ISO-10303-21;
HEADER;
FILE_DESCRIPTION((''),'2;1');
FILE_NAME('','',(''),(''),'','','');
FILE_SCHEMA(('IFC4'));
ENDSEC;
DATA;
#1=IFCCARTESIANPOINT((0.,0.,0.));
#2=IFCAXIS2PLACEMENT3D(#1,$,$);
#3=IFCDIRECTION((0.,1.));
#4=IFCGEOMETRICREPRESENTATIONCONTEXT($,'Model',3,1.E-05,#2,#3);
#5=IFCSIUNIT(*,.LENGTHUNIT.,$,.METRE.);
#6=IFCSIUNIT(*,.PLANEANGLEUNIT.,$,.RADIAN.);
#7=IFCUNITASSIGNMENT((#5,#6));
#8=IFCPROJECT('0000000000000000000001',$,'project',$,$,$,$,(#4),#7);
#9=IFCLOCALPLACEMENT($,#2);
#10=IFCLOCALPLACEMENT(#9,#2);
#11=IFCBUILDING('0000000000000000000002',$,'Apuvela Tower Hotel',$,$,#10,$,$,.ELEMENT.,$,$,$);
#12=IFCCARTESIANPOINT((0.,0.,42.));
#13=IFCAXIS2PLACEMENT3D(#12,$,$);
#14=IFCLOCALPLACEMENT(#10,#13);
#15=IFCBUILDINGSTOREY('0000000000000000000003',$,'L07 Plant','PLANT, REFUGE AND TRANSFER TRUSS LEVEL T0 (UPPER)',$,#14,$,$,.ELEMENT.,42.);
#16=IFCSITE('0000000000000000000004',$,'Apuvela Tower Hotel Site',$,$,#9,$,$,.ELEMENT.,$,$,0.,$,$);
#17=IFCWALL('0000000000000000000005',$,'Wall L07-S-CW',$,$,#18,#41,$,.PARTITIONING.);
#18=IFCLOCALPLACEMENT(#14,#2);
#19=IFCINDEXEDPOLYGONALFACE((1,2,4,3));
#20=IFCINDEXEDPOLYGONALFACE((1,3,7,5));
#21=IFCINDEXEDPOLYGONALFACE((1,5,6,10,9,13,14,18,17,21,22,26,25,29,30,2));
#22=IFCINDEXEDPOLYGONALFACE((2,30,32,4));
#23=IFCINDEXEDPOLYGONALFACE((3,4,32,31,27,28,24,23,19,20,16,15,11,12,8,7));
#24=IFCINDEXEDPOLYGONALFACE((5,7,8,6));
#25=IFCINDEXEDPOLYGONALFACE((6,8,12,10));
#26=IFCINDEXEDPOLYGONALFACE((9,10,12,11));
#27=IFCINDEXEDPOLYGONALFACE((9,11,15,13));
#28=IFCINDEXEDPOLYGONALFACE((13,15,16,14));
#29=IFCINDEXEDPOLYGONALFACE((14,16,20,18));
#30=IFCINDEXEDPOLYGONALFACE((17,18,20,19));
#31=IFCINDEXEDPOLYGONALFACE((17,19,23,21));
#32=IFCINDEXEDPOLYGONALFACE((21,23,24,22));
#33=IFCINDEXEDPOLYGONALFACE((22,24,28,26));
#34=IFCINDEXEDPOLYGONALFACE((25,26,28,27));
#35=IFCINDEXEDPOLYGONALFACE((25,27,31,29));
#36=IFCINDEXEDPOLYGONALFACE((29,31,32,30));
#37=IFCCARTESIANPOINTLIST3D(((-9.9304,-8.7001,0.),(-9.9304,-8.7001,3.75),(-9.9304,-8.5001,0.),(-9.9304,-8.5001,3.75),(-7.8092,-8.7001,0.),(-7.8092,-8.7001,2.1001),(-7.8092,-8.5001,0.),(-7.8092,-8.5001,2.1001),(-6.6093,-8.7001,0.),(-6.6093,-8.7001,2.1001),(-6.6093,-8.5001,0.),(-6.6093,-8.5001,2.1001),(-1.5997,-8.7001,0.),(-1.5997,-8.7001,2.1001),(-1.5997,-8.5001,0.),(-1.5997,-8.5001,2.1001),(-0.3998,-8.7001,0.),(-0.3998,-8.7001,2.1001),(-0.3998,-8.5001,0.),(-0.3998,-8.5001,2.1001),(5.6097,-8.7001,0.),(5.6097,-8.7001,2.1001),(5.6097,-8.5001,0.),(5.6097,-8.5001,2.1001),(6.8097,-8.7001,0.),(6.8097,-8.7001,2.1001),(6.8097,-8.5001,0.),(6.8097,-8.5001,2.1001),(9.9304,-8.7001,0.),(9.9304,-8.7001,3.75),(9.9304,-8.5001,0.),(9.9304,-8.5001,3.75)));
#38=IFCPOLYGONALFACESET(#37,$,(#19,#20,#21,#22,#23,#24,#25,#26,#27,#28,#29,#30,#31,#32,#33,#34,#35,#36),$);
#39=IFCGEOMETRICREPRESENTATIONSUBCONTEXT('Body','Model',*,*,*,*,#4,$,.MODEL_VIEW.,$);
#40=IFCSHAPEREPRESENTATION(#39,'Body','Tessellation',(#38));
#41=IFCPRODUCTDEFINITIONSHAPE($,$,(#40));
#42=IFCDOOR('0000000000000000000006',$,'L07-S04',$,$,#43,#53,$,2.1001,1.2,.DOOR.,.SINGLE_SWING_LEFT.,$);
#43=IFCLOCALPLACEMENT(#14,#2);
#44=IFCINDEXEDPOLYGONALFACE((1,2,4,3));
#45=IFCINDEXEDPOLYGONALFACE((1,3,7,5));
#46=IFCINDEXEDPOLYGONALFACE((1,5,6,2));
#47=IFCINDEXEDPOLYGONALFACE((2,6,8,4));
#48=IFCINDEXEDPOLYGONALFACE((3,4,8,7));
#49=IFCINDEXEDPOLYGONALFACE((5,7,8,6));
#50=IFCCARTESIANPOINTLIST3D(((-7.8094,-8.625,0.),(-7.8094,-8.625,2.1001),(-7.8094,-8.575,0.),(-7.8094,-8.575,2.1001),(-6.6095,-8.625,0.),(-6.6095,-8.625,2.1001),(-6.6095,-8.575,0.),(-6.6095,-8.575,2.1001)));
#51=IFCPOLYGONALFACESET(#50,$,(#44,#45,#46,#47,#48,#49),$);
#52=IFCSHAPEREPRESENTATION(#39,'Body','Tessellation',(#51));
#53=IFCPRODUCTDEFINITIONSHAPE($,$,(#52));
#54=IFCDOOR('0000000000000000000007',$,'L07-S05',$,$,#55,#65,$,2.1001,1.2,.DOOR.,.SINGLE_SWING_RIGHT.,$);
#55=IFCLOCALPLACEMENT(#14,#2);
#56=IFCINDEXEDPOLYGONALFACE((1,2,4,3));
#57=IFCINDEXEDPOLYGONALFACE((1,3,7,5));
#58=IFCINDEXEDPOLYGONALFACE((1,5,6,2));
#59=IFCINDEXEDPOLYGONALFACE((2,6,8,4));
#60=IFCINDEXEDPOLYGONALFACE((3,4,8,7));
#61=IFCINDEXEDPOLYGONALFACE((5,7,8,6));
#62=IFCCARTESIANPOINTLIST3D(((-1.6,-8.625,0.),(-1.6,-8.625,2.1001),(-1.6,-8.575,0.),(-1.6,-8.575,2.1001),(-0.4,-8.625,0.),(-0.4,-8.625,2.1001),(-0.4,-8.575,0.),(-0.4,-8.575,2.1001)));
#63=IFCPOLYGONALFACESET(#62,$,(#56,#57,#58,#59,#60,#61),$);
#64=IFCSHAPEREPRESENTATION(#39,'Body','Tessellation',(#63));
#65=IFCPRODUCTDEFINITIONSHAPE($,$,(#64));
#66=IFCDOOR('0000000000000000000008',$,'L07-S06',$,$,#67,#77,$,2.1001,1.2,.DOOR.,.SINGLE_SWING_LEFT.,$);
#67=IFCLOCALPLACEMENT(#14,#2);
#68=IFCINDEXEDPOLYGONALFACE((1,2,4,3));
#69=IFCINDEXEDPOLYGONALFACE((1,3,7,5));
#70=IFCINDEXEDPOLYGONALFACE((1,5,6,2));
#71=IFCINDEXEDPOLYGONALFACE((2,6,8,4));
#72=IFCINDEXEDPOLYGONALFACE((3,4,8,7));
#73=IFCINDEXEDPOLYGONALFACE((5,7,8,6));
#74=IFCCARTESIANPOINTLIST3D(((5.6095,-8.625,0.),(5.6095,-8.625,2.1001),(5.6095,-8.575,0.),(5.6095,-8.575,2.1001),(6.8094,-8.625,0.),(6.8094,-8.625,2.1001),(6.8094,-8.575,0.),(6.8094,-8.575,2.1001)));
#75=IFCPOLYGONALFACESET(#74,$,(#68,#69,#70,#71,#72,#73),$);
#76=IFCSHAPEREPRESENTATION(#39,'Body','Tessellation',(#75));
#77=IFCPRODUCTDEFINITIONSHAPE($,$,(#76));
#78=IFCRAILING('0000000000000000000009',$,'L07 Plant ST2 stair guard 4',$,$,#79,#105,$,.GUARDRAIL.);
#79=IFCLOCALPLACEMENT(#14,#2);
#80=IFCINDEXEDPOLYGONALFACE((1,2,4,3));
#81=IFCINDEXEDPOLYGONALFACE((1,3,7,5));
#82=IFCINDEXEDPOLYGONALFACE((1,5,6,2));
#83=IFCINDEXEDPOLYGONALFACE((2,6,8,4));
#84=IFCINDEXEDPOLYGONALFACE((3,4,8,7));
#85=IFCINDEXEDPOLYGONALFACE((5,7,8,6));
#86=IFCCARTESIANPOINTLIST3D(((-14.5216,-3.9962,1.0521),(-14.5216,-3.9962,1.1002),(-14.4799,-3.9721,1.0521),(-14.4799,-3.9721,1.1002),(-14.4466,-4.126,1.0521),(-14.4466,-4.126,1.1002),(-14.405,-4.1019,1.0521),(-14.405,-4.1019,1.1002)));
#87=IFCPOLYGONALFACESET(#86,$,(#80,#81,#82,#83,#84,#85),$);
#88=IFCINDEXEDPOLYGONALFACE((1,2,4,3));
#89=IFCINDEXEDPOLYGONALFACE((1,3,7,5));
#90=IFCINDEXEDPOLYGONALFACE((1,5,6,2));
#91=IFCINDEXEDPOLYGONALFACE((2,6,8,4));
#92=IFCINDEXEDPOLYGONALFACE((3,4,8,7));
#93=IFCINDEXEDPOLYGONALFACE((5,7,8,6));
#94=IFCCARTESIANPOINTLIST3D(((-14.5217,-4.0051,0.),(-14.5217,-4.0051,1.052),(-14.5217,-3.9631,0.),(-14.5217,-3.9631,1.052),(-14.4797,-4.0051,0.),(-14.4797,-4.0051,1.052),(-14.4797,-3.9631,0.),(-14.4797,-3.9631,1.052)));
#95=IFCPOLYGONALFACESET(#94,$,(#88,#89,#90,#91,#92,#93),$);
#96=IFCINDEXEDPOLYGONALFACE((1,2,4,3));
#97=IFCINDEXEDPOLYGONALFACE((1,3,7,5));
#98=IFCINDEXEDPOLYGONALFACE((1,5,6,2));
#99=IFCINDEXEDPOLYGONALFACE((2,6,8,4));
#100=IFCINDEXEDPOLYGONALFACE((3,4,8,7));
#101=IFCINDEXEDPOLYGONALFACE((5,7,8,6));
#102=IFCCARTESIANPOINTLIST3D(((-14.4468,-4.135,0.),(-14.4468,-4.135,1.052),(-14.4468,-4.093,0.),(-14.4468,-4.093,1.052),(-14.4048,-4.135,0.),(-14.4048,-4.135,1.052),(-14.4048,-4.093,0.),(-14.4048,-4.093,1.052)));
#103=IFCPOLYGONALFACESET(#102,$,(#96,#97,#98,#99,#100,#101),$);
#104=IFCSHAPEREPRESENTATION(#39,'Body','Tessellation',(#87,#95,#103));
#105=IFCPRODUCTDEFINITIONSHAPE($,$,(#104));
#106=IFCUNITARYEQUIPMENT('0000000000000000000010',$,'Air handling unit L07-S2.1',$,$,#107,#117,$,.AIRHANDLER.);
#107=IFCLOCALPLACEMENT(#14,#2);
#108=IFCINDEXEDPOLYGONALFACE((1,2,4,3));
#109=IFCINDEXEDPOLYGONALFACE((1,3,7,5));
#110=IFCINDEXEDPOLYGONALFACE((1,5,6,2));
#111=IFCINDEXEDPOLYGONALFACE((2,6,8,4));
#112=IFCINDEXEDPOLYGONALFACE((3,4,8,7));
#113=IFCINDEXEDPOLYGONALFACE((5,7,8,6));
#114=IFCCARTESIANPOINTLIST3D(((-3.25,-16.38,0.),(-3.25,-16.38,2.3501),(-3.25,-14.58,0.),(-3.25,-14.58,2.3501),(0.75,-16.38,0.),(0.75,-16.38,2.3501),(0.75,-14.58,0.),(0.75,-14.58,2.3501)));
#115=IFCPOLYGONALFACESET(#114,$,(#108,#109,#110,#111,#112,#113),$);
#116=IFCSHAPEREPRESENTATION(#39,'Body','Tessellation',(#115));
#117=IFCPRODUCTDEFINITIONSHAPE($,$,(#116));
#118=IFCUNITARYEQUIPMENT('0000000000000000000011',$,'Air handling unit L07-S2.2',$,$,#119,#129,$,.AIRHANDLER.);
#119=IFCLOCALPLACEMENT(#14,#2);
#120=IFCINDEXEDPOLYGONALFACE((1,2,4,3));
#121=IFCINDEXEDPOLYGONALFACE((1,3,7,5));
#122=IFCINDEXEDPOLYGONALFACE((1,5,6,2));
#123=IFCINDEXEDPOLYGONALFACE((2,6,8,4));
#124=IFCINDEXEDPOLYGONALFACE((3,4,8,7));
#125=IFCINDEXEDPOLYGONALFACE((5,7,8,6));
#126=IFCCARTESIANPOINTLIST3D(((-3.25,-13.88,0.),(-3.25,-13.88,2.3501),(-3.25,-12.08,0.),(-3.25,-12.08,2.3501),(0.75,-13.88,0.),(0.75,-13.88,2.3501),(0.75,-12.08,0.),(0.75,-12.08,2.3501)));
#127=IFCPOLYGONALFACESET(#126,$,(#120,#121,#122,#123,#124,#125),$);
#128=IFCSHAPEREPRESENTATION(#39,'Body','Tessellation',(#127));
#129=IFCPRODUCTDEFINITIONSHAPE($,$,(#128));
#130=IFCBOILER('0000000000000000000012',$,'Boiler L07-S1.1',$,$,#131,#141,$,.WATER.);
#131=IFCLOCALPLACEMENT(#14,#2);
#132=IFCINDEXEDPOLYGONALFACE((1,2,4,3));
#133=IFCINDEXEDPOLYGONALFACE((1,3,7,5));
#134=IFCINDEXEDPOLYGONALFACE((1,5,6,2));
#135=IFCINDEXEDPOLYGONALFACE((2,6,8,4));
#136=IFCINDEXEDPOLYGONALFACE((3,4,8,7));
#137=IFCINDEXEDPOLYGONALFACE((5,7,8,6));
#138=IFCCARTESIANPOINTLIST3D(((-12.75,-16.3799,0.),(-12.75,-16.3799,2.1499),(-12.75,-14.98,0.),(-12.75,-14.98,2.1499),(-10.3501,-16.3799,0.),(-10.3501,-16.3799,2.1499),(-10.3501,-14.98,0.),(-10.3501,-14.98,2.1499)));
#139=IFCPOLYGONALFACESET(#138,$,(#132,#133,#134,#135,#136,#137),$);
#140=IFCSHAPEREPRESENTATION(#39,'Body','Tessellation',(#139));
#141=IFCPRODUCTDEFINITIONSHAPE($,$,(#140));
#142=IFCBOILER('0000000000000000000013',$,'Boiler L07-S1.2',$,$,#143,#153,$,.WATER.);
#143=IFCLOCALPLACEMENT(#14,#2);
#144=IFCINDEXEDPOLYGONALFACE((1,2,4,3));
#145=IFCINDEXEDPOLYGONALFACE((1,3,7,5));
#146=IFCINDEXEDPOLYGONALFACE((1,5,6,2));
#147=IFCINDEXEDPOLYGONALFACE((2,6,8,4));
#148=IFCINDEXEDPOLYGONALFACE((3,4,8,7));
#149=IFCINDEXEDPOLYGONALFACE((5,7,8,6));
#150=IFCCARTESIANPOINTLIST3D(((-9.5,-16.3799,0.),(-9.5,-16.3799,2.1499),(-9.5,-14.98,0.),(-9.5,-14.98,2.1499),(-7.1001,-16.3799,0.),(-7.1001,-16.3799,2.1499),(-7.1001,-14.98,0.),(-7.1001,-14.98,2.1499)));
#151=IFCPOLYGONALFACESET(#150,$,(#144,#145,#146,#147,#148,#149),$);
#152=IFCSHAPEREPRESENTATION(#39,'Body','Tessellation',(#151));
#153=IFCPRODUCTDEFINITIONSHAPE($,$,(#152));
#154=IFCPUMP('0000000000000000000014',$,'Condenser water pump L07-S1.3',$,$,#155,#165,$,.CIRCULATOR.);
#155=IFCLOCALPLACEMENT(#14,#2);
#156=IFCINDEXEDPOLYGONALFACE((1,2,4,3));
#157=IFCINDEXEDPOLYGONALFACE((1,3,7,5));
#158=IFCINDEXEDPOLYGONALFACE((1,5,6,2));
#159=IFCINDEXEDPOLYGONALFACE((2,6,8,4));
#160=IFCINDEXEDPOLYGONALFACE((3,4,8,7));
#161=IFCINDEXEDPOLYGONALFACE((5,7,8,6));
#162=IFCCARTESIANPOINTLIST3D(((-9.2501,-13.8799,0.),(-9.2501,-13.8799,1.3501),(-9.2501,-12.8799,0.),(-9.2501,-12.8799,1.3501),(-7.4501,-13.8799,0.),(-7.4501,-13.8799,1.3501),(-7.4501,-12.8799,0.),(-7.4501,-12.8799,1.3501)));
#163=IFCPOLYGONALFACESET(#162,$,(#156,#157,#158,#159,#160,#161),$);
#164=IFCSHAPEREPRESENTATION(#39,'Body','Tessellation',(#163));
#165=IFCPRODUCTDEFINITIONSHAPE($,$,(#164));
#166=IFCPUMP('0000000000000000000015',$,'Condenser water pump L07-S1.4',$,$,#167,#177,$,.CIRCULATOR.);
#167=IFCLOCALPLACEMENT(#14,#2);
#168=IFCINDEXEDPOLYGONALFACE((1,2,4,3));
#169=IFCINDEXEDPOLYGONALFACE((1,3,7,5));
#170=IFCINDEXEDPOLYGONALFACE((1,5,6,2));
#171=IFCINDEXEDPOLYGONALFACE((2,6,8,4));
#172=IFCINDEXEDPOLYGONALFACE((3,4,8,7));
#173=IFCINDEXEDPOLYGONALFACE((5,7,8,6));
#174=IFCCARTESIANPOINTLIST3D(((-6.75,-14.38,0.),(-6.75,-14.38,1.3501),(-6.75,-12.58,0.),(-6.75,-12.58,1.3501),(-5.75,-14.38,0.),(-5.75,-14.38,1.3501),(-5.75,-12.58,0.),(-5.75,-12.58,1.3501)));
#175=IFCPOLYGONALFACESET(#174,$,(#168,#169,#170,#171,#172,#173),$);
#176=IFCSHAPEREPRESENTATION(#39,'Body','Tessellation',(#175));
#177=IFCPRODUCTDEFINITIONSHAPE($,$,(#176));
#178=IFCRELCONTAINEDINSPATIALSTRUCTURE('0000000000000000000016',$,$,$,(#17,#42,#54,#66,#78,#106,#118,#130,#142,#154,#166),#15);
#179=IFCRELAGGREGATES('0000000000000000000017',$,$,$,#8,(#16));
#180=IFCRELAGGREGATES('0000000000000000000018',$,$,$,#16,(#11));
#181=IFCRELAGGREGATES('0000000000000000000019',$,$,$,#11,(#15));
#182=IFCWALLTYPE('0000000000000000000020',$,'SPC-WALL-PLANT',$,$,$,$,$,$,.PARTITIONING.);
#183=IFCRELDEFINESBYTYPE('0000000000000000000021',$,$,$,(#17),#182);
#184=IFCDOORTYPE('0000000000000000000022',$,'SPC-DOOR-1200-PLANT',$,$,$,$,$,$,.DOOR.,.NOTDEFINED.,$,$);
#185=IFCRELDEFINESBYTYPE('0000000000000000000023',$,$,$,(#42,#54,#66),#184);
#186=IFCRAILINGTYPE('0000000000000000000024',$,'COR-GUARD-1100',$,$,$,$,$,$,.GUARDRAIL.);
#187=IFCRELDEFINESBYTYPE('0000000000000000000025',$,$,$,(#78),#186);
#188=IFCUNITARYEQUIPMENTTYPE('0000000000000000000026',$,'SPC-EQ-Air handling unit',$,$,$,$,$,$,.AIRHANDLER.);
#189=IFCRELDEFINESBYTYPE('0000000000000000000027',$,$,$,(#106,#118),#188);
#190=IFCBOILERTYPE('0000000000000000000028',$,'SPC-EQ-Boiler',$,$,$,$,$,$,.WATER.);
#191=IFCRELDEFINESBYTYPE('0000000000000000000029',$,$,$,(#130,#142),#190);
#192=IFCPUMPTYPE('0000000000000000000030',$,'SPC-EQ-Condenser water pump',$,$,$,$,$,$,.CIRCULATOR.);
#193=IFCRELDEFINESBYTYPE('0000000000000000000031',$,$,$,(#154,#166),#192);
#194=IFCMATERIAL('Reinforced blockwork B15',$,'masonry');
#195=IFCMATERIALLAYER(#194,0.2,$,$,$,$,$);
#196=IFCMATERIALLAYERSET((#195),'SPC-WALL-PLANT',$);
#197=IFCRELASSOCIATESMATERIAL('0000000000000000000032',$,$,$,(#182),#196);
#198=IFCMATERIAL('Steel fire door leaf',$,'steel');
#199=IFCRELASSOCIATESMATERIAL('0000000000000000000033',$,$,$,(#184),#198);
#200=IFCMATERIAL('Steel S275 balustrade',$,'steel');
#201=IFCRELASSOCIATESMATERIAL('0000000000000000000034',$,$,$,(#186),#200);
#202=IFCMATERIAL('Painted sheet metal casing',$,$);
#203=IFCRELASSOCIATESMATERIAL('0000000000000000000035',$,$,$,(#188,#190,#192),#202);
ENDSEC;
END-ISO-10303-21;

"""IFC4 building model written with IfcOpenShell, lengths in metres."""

from ifc_helpers import new_model, si_unit, direction, frame, frame_2d, origin, origin_2d, place, context, subcontext, project, spatial, rectangle, extrude, material, layer, layer_set, type_object, element, fill, save


model = new_model("IFC4")

# Units and contexts
model_context = context("Model", 3, precision=1e-05, world=origin(), true_north=direction((0.0, 1.0)))
body_context = subcontext(model_context, "Body", "Model", "MODEL_VIEW")
ifc_project = project(units=[si_unit("LENGTHUNIT", "METRE"), si_unit("PLANEANGLEUNIT", "RADIAN")], contexts=[model_context])

# Site, building, storey
site_placement = place(None, origin())
site = spatial("IfcSite", under=ifc_project, at=site_placement, Name="Apuvela Tower Hotel Site", CompositionType="ELEMENT", RefElevation=0.0)
building_placement = place(site_placement, origin())
building = spatial("IfcBuilding", under=site, at=building_placement, Name="Apuvela Tower Hotel", CompositionType="ELEMENT")
storey_placement = place(building_placement, frame((0.0, 0.0, 42.0)))
storey = spatial("IfcBuildingStorey", under=building, at=storey_placement, Name="L07 Plant", Description="PLANT, REFUGE AND TRANSFER TRUSS LEVEL T0 (UPPER)", CompositionType="ELEMENT", Elevation=42.0)

# Shared definitions
ifc_material_1 = material(Name="Reinforced blockwork B15", Category="masonry")
ifc_layer_1 = layer(ifc_material_1, 0.2)
ifc_layer_set_1 = layer_set([ifc_layer_1], Name="SPC-WALL-PLANT")
wall_type_1 = type_object("IfcWallType", Name="SPC-WALL-PLANT", PredefinedType="PARTITIONING", material=ifc_layer_set_1)

# Wall, openings, doors
wall_1_placement = place(storey_placement, frame((-9.9304, -8.6001, 0.0), z_axis=(0.0, 0.0, 1.0), x_axis=(1.0, 0.0, 0.0)))
wall_1 = element("IfcWall", 1, at=wall_1_placement, inside=storey, type_object=wall_type_1, Name="Wall L07-S-CW", PredefinedType="PARTITIONING", context=body_context, shape_type="SweptSolid", body=[
    extrude(rectangle(XDim=19.8608, YDim=0.2, at=frame_2d((9.9304, 0.0))), origin(), (0.0, 0.0, 1.0), 3.75),
])
opening_1_placement = place(wall_1_placement, frame((2.1211, 0.0, 0.0)))
opening_1 = element("IfcOpeningElement", 2, at=opening_1_placement, cuts=wall_1, PredefinedType="OPENING", context=body_context, shape_type="SweptSolid", body=[
    extrude(rectangle(XDim=1.2, YDim=2.1001, at=frame_2d((0.6001, 1.05))), frame((0.0, 0.1099, 0.0), z_axis=(0.0, -1.0, 0.0), x_axis=(1.0, 0.0, 0.0)), (0.0, 0.0, 1.0), 0.22),
])
opening_2_placement = place(wall_1_placement, frame((8.3306, 0.0, 0.0)))
opening_2 = element("IfcOpeningElement", 3, at=opening_2_placement, cuts=wall_1, PredefinedType="OPENING", context=body_context, shape_type="SweptSolid", body=[
    extrude(rectangle(XDim=1.2, YDim=2.1001, at=frame_2d((0.6001, 1.05))), frame((0.0, 0.1099, 0.0), z_axis=(0.0, -1.0, 0.0), x_axis=(1.0, 0.0, 0.0)), (0.0, 0.0, 1.0), 0.22),
])
opening_3_placement = place(wall_1_placement, frame((15.54, 0.0, 0.0)))
opening_3 = element("IfcOpeningElement", 4, at=opening_3_placement, cuts=wall_1, PredefinedType="OPENING", context=body_context, shape_type="SweptSolid", body=[
    extrude(rectangle(XDim=1.2, YDim=2.1001, at=frame_2d((0.6001, 1.05))), frame((0.0, 0.1099, 0.0), z_axis=(0.0, -1.0, 0.0), x_axis=(1.0, 0.0, 0.0)), (0.0, 0.0, 1.0), 0.22),
])
ifc_material_2 = material(Name="Steel fire door leaf", Category="steel")
door_type_1 = type_object("IfcDoorType", Name="SPC-DOOR-1200-PLANT", OperationType="NOTDEFINED", PredefinedType="DOOR", material=ifc_material_2)
door_1_placement = place(opening_1_placement, frame((1.2, 0.0, 0.0), z_axis=(0.0, 0.0, 1.0), x_axis=(-1.0, 0.0, 0.0)))
door_1 = element("IfcDoor", 5, at=door_1_placement, inside=storey, type_object=door_type_1, Name="L07-S04", OperationType="SINGLE_SWING_LEFT", OverallHeight=2.1001, OverallWidth=1.2, PredefinedType="DOOR", context=body_context, shape_type="SweptSolid", body=[
    extrude(rectangle(XDim=1.2, YDim=2.1001, at=frame_2d((0.6001, 1.05))), frame((0.0, 0.0249, 0.0), z_axis=(0.0, -1.0, 0.0), x_axis=(1.0, 0.0, 0.0)), (0.0, 0.0, 1.0), 0.05),
])
fill(opening_1, door_1)
door_2_placement = place(opening_2_placement, frame((1.2, 0.0, 0.0), z_axis=(0.0, 0.0, 1.0), x_axis=(-1.0, 0.0, 0.0)))
door_2 = element("IfcDoor", 6, at=door_2_placement, inside=storey, type_object=door_type_1, Name="L07-S05", OperationType="SINGLE_SWING_RIGHT", OverallHeight=2.1001, OverallWidth=1.2, PredefinedType="DOOR", context=body_context, shape_type="SweptSolid", body=[
    extrude(rectangle(XDim=1.2, YDim=2.1001, at=frame_2d((0.6001, 1.05))), frame((0.0, 0.0249, 0.0), z_axis=(0.0, -1.0, 0.0), x_axis=(1.0, 0.0, 0.0)), (0.0, 0.0, 1.0), 0.05),
])
fill(opening_2, door_2)
door_3_placement = place(opening_3_placement, frame((1.2, 0.0, 0.0), z_axis=(0.0, 0.0, 1.0), x_axis=(-1.0, 0.0, 0.0)))
door_3 = element("IfcDoor", 7, at=door_3_placement, inside=storey, type_object=door_type_1, Name="L07-S06", OperationType="SINGLE_SWING_LEFT", OverallHeight=2.1001, OverallWidth=1.2, PredefinedType="DOOR", context=body_context, shape_type="SweptSolid", body=[
    extrude(rectangle(XDim=1.2, YDim=2.1001, at=frame_2d((0.6001, 1.05))), frame((0.0, 0.0249, 0.0), z_axis=(0.0, -1.0, 0.0), x_axis=(1.0, 0.0, 0.0)), (0.0, 0.0, 1.0), 0.05),
])
fill(opening_3, door_3)

# Railing
ifc_material_3 = material(Name="Steel S275 balustrade", Category="steel")
railing_type = type_object("IfcRailingType", Name="COR-GUARD-1100", PredefinedType="GUARDRAIL", material=ifc_material_3)
railing_placement = place(storey_placement, frame((-14.5007, -3.9841, 0.0)))
element("IfcRailing", 8, at=railing_placement, inside=storey, type_object=railing_type, Name="L07 Plant ST2 stair guard 4", PredefinedType="GUARDRAIL", context=body_context, shape_type="SweptSolid", body=[
    extrude(rectangle(XDim=0.0481, YDim=0.0481, at=origin_2d()), frame((0.0, 0.0, 1.0762), z_axis=(0.499816, -0.866131, 0.0), x_axis=(0.866131, 0.499816, 0.0)), (0.0, 0.0, 1.0), 0.1499),
    extrude(rectangle(XDim=0.042, YDim=0.042, at=origin_2d()), origin(), (0.0, 0.0, 1.0), 1.052),
    extrude(rectangle(XDim=0.042, YDim=0.042, at=origin_2d()), frame((0.075, -0.1299, 0.0)), (0.0, 0.0, 1.0), 1.052),
])

# Unitary equipment
ifc_material_4 = material(Name="Painted sheet metal casing")
unitary_equipment_type = type_object("IfcUnitaryEquipmentType", Name="SPC-EQ-Air handling unit", PredefinedType="AIRHANDLER", material=ifc_material_4)
for number, where, z_axis, x_axis, name in (
    (9, (-1.25, -15.48, 0.0), (0.0, 0.0, 1.0), (1.0, 0.0, 0.0), "Air handling unit L07-S2.1"),
    (10, (-1.25, -12.98, 0.0), (0.0, 0.0, 1.0), (1.0, 0.0, 0.0), "Air handling unit L07-S2.2"),
):
    element("IfcUnitaryEquipment", number, at=place(storey_placement, frame(where, z_axis=z_axis, x_axis=x_axis)), inside=storey, type_object=unitary_equipment_type, Name=name, PredefinedType="AIRHANDLER", context=body_context, shape_type="SweptSolid", body=[
        extrude(rectangle(XDim=4.0, YDim=1.8, at=origin_2d()), origin(), (0.0, 0.0, 1.0), 2.3501),
    ])

# Boilers
boiler_type = type_object("IfcBoilerType", Name="SPC-EQ-Boiler", PredefinedType="WATER", material=ifc_material_4)
for number, where, z_axis, x_axis, name in (
    (11, (-11.55, -15.6799, 0.0), (0.0, 0.0, 1.0), (1.0, 0.0, 0.0), "Boiler L07-S1.1"),
    (12, (-8.3, -15.6799, 0.0), (0.0, 0.0, 1.0), (1.0, 0.0, 0.0), "Boiler L07-S1.2"),
):
    element("IfcBoiler", number, at=place(storey_placement, frame(where, z_axis=z_axis, x_axis=x_axis)), inside=storey, type_object=boiler_type, Name=name, PredefinedType="WATER", context=body_context, shape_type="SweptSolid", body=[
        extrude(rectangle(XDim=2.3999, YDim=1.3999, at=origin_2d()), origin(), (0.0, 0.0, 1.0), 2.1499),
    ])

# Pumps
pump_type = type_object("IfcPumpType", Name="SPC-EQ-Condenser water pump", PredefinedType="CIRCULATOR", material=ifc_material_4)
pump_1_placement = place(storey_placement, frame((-8.3501, -13.3799, 0.0), z_axis=(0.0, 0.0, 1.0), x_axis=(1.0, 0.0, 0.0)))
element("IfcPump", 13, at=pump_1_placement, inside=storey, type_object=pump_type, Name="Condenser water pump L07-S1.3", PredefinedType="CIRCULATOR", context=body_context, shape_type="SweptSolid", body=[
    extrude(rectangle(XDim=1.8, YDim=1.0, at=origin_2d()), origin(), (0.0, 0.0, 1.0), 1.3501),
])
pump_2_placement = place(storey_placement, frame((-6.25, -13.48, 0.0), z_axis=(0.0, 0.0, 1.0), x_axis=(1.0, 0.0, 0.0)))
element("IfcPump", 14, at=pump_2_placement, inside=storey, type_object=pump_type, Name="Condenser water pump L07-S1.4", PredefinedType="CIRCULATOR", context=body_context, shape_type="SweptSolid", body=[
    extrude(rectangle(XDim=1.0, YDim=1.8, at=origin_2d()), origin(), (0.0, 0.0, 1.0), 1.3501),
])

save(model, "model.ifc")
